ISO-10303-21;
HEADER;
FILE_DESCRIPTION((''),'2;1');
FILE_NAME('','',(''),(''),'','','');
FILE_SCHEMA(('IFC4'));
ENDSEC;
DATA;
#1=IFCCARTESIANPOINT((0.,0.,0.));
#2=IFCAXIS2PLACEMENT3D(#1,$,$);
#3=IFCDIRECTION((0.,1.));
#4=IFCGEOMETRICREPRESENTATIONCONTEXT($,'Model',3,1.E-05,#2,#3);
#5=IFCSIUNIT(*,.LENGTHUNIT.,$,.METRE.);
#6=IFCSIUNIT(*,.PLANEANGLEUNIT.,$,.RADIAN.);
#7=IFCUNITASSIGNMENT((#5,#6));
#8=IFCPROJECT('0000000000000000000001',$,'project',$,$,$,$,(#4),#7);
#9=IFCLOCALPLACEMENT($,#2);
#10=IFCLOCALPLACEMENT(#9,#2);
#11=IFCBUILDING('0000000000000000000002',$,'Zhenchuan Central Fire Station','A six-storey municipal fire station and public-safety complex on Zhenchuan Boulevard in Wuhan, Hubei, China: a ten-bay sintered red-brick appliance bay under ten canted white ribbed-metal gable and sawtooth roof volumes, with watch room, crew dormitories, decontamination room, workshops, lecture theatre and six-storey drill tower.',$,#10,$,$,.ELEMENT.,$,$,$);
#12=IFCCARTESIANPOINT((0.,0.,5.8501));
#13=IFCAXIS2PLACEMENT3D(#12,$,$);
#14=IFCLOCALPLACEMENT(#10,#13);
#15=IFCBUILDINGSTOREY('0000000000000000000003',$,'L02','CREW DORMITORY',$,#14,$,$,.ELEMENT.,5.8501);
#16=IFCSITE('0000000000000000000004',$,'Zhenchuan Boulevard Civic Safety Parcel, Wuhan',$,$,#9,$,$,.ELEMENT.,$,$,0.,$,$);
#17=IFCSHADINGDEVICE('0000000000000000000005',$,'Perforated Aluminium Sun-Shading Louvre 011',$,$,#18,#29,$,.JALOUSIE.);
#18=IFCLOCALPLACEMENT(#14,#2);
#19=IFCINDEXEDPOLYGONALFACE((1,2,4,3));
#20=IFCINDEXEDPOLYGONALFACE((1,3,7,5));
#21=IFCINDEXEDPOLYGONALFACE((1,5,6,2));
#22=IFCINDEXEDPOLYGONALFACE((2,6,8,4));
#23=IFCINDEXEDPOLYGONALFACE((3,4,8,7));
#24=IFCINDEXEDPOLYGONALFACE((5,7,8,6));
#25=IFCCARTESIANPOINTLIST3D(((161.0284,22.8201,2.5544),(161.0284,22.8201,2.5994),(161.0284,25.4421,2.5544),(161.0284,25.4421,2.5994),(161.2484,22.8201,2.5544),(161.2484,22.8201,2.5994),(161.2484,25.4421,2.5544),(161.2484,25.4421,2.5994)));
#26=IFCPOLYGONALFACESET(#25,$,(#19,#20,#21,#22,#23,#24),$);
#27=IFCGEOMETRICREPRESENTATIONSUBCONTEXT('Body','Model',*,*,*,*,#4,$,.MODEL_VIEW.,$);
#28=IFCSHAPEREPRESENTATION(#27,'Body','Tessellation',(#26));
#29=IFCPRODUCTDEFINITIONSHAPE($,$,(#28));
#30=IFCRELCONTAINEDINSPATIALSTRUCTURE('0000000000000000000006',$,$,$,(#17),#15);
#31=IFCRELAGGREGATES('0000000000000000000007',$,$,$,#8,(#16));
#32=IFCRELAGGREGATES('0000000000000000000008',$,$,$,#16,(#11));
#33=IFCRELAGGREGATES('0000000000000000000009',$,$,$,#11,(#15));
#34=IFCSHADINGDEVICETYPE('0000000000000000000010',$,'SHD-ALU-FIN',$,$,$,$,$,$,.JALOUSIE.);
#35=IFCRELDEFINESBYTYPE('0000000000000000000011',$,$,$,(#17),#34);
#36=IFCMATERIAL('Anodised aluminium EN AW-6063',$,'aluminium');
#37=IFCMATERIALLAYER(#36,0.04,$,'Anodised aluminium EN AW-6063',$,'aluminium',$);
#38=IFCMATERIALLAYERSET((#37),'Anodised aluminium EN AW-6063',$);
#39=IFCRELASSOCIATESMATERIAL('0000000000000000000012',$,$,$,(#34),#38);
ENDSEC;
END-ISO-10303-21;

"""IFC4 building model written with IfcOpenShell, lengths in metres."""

from ifc_helpers import new_model, si_unit, direction, frame, origin, origin_2d, place, context, subcontext, project, spatial, rectangle, extrude, material, layer, layer_set, type_object, element, save


model = new_model("IFC4")

# Units and contexts
model_context = context("Model", 3, precision=1e-05, world=origin(), true_north=direction((0.0, 1.0)))
body_context = subcontext(model_context, "Body", "Model", "MODEL_VIEW")
ifc_project = project(units=[si_unit("LENGTHUNIT", "METRE"), si_unit("PLANEANGLEUNIT", "RADIAN")], contexts=[model_context])

# Site, building, storey
site_placement = place(None, origin())
site = spatial("IfcSite", under=ifc_project, at=site_placement, Name="Zhenchuan Boulevard Civic Safety Parcel, Wuhan", CompositionType="ELEMENT", RefElevation=0.0)
building_placement = place(site_placement, origin())
building = spatial("IfcBuilding", under=site, at=building_placement, Name="Zhenchuan Central Fire Station", Description="A six-storey municipal fire station and public-safety complex on Zhenchuan Boulevard in Wuhan, Hubei, China: a ten-bay sintered red-brick appliance bay under ten canted white ribbed-metal gable and sawtooth roof volumes, with watch room, crew dormitories, decontamination room, workshops, lecture theatre and six-storey drill tower.", CompositionType="ELEMENT")
storey_placement = place(building_placement, frame((0.0, 0.0, 5.8501)))
storey = spatial("IfcBuildingStorey", under=building, at=storey_placement, Name="L02", Description="CREW DORMITORY", CompositionType="ELEMENT", Elevation=5.8501)

# Shared definitions
ifc_material_1 = material(Name="Anodised aluminium EN AW-6063", Category="aluminium")

# Shading device
ifc_layer_1 = layer(ifc_material_1, 0.04, Name="Anodised aluminium EN AW-6063", Category="aluminium")
ifc_layer_set_1 = layer_set([ifc_layer_1], Name="Anodised aluminium EN AW-6063")
shading_device_type = type_object("IfcShadingDeviceType", Name="SHD-ALU-FIN", PredefinedType="JALOUSIE", material=ifc_layer_set_1)
shading_device_placement = place(storey_placement, frame((161.1384, 24.1311, 2.5544), z_axis=(0.0, 0.0, 1.0), x_axis=(0.0, 1.0, 0.0)))
element("IfcShadingDevice", 1, at=shading_device_placement, inside=storey, type_object=shading_device_type, Name="Perforated Aluminium Sun-Shading Louvre 011", PredefinedType="JALOUSIE", context=body_context, shape_type="SweptSolid", body=[
    extrude(rectangle(XDim=2.6221, YDim=0.22, at=origin_2d()), origin(), (0.0, 0.0, 1.0), 0.0449),
])

save(model, "model.ifc")
